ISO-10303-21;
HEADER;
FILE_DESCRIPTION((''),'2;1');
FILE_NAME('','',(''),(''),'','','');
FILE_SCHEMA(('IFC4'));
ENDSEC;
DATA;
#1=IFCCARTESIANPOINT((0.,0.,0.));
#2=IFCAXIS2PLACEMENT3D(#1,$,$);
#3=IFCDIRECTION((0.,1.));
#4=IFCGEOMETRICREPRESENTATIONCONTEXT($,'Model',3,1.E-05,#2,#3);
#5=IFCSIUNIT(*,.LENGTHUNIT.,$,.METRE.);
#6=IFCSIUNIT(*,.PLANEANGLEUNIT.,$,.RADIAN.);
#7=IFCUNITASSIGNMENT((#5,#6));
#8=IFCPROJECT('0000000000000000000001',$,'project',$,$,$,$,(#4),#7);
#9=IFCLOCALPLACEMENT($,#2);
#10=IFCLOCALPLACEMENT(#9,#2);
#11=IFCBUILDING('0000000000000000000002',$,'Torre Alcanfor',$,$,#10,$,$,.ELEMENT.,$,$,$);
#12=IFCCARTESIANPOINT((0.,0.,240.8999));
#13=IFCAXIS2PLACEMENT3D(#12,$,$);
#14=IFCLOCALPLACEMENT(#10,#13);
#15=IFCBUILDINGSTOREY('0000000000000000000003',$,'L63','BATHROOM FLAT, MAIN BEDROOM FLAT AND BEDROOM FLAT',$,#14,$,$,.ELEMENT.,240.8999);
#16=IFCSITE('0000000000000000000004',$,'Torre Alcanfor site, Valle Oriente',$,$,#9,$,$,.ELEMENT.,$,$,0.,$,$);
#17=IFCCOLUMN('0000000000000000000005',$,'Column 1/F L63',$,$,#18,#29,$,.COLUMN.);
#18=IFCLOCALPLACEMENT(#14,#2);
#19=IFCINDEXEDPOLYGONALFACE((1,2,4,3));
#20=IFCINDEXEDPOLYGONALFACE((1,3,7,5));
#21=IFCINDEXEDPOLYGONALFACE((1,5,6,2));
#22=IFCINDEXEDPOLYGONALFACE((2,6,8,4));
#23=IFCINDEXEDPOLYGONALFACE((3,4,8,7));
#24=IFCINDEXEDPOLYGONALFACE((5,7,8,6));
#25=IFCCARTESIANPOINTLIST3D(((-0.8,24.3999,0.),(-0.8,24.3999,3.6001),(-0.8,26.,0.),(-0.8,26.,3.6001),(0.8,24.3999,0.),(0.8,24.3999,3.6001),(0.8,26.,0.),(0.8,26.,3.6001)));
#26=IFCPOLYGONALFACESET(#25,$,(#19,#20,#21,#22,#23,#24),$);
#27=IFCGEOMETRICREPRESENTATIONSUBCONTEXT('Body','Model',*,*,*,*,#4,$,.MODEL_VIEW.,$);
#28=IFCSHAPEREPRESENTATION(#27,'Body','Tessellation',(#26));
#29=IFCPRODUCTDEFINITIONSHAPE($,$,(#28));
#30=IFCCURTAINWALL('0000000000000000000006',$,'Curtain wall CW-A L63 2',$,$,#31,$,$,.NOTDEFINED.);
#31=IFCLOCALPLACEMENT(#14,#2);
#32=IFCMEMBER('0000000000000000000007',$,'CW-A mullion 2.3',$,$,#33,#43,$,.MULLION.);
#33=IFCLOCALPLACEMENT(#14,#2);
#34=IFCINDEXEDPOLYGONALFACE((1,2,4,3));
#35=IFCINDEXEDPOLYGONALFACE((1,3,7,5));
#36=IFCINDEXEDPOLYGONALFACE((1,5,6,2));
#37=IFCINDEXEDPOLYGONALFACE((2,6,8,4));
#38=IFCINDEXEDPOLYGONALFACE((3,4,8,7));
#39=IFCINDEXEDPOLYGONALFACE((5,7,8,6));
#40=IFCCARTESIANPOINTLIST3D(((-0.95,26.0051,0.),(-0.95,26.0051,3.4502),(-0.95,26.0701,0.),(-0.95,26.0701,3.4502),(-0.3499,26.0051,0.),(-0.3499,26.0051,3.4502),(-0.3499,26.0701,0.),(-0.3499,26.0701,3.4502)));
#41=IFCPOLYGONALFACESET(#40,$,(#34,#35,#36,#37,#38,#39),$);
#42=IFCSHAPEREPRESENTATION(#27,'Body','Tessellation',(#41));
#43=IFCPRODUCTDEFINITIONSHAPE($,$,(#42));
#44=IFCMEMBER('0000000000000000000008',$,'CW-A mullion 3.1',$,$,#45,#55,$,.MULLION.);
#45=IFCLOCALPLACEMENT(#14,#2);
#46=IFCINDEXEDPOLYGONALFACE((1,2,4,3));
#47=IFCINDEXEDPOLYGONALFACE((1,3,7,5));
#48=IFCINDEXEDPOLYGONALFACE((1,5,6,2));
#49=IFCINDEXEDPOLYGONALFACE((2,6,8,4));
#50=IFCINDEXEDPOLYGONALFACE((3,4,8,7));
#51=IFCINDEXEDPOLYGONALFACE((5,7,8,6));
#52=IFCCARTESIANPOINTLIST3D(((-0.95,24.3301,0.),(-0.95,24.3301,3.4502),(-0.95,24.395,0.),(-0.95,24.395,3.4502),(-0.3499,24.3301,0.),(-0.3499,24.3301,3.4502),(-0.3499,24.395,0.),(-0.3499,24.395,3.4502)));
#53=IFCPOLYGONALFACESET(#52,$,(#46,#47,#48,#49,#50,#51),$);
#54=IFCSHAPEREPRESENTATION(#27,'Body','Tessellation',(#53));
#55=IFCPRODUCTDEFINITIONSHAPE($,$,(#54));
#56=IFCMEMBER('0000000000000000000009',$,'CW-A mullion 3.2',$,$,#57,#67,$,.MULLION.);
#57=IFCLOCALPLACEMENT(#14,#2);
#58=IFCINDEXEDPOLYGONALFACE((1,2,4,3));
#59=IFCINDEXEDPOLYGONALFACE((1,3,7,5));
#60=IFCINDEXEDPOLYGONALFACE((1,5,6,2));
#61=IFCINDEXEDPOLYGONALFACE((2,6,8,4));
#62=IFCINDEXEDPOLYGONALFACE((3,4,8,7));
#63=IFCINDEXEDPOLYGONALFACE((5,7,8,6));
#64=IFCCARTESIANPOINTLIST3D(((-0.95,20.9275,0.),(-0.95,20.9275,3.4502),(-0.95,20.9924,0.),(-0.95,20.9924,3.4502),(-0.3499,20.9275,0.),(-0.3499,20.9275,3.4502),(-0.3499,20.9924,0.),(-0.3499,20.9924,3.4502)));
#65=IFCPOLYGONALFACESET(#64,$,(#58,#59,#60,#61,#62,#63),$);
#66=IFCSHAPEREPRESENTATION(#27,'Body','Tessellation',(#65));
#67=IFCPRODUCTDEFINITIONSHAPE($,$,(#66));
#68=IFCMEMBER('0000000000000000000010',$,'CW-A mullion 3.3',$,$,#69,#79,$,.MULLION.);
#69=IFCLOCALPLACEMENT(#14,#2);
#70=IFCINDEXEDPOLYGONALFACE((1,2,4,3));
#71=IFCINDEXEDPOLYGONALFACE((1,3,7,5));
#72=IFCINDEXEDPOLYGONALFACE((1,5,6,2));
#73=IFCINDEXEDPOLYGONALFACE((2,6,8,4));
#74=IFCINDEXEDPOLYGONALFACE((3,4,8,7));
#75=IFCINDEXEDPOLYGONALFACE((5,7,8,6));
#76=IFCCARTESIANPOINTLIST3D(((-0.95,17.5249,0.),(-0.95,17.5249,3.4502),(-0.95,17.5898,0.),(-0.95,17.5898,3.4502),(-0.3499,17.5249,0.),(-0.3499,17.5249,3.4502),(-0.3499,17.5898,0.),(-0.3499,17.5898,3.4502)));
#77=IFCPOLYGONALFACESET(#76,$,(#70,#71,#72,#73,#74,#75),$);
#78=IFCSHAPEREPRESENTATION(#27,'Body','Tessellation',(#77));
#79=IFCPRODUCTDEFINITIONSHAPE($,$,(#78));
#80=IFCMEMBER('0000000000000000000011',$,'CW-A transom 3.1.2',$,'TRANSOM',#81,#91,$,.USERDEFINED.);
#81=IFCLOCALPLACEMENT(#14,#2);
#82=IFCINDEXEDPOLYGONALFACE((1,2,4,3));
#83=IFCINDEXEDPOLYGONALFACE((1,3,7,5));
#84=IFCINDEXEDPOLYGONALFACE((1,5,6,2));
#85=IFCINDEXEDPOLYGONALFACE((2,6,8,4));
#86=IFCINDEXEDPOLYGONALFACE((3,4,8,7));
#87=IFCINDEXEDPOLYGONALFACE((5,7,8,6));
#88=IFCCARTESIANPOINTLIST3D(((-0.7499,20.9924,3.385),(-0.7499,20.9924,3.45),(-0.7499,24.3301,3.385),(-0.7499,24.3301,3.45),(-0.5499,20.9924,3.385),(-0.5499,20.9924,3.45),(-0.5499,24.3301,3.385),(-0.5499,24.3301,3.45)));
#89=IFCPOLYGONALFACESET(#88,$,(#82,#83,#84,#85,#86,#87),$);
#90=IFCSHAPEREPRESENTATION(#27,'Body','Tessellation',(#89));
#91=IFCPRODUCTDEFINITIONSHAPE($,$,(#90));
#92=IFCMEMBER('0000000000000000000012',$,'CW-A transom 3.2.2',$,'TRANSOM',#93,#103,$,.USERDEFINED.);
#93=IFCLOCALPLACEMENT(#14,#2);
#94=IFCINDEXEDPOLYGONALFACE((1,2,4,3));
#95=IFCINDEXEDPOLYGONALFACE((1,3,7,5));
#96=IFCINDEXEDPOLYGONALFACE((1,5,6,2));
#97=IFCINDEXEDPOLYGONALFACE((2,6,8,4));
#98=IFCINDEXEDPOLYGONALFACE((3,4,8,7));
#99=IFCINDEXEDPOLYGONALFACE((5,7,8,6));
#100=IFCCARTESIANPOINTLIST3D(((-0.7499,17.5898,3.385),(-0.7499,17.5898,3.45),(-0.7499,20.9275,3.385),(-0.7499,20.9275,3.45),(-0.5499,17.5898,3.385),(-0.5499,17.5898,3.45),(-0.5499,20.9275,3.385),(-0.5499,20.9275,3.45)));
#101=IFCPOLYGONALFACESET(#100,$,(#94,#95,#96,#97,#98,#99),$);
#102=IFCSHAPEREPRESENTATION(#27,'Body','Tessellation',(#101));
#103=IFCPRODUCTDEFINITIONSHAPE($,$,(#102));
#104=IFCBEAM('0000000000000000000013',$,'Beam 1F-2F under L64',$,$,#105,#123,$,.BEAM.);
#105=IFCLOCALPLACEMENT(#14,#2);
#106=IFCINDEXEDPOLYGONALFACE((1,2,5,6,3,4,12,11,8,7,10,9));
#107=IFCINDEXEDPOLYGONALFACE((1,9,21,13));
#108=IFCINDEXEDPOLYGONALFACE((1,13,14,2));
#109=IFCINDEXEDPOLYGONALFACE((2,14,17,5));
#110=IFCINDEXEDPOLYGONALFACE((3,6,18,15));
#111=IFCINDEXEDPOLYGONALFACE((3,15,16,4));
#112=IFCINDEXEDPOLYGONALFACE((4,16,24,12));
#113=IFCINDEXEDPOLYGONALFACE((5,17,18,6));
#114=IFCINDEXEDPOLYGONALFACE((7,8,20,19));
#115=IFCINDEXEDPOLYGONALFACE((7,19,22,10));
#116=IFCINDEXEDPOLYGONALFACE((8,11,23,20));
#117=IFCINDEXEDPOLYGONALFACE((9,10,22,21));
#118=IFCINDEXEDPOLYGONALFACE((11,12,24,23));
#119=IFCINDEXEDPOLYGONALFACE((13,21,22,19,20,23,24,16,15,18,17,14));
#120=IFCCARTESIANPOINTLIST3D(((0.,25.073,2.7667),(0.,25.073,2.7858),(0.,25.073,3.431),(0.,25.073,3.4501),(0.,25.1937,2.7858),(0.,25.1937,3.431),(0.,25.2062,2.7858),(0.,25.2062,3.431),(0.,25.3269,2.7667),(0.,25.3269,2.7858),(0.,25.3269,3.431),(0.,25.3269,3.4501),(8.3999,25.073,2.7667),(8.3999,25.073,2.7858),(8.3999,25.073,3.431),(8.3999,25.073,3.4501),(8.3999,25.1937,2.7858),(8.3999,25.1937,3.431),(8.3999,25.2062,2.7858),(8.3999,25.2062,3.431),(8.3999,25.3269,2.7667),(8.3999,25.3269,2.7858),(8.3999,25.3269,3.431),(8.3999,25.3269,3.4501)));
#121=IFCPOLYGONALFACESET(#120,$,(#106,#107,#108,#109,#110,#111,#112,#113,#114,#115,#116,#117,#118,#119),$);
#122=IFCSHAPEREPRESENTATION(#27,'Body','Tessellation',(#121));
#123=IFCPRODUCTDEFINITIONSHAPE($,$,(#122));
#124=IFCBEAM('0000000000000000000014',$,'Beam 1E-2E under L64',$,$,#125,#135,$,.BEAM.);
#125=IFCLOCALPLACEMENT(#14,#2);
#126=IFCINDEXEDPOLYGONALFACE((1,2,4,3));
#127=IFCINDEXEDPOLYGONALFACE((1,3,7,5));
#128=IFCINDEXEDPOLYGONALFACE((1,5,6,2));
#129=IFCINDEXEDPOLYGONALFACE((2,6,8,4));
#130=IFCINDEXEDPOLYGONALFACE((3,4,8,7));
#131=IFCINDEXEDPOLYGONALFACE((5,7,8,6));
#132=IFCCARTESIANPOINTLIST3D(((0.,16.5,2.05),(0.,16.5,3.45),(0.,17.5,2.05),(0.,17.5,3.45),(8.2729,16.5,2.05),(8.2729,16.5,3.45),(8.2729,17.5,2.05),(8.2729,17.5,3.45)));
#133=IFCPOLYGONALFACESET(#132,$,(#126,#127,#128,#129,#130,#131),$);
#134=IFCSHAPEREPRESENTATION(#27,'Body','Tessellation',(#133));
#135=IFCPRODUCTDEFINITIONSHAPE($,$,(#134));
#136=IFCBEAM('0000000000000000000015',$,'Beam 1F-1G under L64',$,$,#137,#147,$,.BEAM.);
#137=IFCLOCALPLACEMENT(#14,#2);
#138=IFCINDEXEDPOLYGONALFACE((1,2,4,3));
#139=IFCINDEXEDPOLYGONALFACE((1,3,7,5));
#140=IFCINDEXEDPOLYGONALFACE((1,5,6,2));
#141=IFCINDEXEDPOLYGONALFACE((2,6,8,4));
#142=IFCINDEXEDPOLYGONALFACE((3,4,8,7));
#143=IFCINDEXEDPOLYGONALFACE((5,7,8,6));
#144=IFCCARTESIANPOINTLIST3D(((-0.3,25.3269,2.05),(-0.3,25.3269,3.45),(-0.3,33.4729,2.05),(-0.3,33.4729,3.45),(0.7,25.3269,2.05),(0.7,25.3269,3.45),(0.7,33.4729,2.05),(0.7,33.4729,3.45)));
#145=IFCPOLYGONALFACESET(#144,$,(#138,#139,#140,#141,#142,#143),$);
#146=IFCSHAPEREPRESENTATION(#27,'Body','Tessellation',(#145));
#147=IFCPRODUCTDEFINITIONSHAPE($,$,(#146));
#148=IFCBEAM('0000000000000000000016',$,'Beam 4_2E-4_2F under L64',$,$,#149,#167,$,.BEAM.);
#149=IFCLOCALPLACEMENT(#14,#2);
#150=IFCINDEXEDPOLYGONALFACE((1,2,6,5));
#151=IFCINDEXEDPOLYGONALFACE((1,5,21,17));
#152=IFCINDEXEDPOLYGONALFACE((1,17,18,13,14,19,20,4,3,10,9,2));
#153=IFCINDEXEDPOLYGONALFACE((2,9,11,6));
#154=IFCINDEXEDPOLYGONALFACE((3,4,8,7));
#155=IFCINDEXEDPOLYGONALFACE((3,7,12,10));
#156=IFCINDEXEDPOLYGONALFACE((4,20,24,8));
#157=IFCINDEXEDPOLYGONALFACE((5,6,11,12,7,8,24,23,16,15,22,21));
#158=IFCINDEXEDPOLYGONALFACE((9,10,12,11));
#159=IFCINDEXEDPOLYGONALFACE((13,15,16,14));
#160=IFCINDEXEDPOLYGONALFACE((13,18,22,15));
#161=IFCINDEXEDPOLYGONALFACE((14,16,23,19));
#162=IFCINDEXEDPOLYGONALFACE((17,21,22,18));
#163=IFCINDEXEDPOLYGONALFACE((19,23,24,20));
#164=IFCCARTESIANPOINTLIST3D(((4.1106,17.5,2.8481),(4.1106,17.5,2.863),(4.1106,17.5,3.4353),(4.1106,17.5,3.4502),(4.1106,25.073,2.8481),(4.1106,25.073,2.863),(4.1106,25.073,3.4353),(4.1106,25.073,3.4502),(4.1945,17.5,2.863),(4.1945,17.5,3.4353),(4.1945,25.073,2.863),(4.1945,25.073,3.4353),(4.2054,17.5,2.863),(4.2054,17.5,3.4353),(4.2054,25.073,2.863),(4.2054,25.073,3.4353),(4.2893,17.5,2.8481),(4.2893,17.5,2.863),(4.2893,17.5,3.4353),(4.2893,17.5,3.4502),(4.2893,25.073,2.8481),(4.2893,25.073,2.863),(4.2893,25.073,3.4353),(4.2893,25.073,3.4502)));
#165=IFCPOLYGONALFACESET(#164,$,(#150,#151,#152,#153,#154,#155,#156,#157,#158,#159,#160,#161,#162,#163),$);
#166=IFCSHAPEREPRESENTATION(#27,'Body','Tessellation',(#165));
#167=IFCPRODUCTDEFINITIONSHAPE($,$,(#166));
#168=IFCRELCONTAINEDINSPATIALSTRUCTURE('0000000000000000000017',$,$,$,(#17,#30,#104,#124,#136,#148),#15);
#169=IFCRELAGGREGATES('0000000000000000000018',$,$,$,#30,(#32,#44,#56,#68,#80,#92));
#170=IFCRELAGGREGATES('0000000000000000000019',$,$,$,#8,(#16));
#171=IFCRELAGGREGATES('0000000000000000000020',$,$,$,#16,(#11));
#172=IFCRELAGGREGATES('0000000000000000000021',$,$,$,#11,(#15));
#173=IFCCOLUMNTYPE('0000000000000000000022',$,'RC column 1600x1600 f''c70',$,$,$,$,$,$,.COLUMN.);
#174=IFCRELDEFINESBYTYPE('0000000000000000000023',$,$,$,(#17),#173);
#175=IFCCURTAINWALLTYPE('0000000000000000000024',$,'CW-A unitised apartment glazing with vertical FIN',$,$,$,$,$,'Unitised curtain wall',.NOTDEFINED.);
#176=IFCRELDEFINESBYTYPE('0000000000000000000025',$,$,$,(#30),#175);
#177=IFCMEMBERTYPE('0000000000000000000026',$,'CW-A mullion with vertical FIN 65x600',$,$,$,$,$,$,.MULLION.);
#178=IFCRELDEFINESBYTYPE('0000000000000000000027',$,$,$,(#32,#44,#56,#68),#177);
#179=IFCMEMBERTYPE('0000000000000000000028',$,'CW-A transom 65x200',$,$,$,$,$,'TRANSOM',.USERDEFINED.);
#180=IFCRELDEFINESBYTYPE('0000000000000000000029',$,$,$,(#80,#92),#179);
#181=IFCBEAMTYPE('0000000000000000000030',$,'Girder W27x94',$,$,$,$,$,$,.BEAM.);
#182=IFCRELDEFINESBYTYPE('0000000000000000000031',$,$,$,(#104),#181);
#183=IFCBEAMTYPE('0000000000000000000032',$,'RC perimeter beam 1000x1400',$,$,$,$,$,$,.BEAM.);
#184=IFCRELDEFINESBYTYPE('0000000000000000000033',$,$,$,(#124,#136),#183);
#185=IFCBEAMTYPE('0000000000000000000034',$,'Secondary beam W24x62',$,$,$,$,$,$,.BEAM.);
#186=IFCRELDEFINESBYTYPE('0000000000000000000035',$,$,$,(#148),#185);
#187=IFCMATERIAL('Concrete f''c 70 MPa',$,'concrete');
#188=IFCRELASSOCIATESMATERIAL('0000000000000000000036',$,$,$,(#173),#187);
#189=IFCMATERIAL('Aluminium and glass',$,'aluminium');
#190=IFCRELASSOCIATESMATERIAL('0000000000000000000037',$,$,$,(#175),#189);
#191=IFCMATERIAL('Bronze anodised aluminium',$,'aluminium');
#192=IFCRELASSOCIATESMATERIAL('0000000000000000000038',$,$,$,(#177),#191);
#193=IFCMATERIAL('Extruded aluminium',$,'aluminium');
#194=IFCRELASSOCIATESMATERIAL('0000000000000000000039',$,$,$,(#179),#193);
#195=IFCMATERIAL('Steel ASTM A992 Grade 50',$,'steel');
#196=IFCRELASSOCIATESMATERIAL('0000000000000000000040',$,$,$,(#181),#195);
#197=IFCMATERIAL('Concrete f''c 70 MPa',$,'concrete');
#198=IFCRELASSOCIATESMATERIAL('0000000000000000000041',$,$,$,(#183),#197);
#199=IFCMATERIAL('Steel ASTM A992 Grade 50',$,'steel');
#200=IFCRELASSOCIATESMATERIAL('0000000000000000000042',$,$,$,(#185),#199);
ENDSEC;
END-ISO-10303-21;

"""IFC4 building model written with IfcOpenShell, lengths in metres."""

from ifc_helpers import new_model, si_unit, direction, frame, origin, origin_2d, place, context, subcontext, project, spatial, rectangle, i_section, extrude, material, material_profile, profile_set, type_object, element, aggregate, save


model = new_model("IFC4")

# Units and contexts
model_context = context("Model", 3, precision=1e-05, world=origin(), true_north=direction((0.0, 1.0)))
body_context = subcontext(model_context, "Body", "Model", "MODEL_VIEW")
ifc_project = project(units=[si_unit("LENGTHUNIT", "METRE"), si_unit("PLANEANGLEUNIT", "RADIAN")], contexts=[model_context])

# Site, building, storey
site_placement = place(None, origin())
site = spatial("IfcSite", under=ifc_project, at=site_placement, Name="Torre Alcanfor site, Valle Oriente", CompositionType="ELEMENT", RefElevation=0.0)
building_placement = place(site_placement, origin())
building = spatial("IfcBuilding", under=site, at=building_placement, Name="Torre Alcanfor", CompositionType="ELEMENT")
storey_placement = place(building_placement, frame((0.0, 0.0, 240.8999)))
storey = spatial("IfcBuildingStorey", under=building, at=storey_placement, Name="L63", Description="BATHROOM FLAT, MAIN BEDROOM FLAT AND BEDROOM FLAT", CompositionType="ELEMENT", Elevation=240.8999)

# Column
ifc_material_1 = material(Name="Concrete f'c 70 MPa", Category="concrete")
ifc_material_profile_1 = material_profile(ifc_material_1, rectangle(XDim=1.6001, YDim=1.6001, at=origin_2d()), Name="1600x1600")
ifc_profile_set_1 = profile_set([ifc_material_profile_1], Name="Concrete f'c 70 MPa")
column_type = type_object("IfcColumnType", Name="RC column 1600x1600 f'c70", PredefinedType="COLUMN", material=ifc_profile_set_1)
column_placement = place(storey_placement, frame((0.0, 25.2, 0.0), z_axis=(0.0, 0.0, 1.0), x_axis=(1.0, 0.0, 0.0)))
element("IfcColumn", 1, at=column_placement, inside=storey, type_object=column_type, Name="Column 1/F L63", PredefinedType="COLUMN", context=body_context, shape_type="SweptSolid", body=[
    extrude(rectangle(XDim=1.6001, YDim=1.6001, at=origin_2d()), origin(), (0.0, 0.0, 1.0), 3.6001),
])

# Curtain wall, members
ifc_material_2 = material(Name="Aluminium and glass", Category="aluminium")
curtain_wall_type = type_object("IfcCurtainWallType", Name="CW-A unitised apartment glazing with vertical FIN", ElementType="Unitised curtain wall", PredefinedType="NOTDEFINED", material=ifc_material_2)
curtain_wall_placement = place(storey_placement, origin())
curtain_wall = element("IfcCurtainWall", 2, at=curtain_wall_placement, inside=storey, type_object=curtain_wall_type, Name="Curtain wall CW-A L63 2", PredefinedType="NOTDEFINED")
ifc_material_3 = material(Name="Bronze anodised aluminium", Category="aluminium")
ifc_material_profile_2 = material_profile(ifc_material_3, rectangle(XDim=0.6001, YDim=0.0649, at=origin_2d()), Name="CW-A mullion 65x600")
ifc_profile_set_2 = profile_set([ifc_material_profile_2], Name="Bronze anodised aluminium")
member_type_1 = type_object("IfcMemberType", Name="CW-A mullion with vertical FIN 65x600", PredefinedType="MULLION", material=ifc_profile_set_2)
member_1_placement = place(storey_placement, frame((-0.6499, 26.0376, 0.0), z_axis=(0.0, 0.0, 1.0), x_axis=(1.0, 0.0, 0.0)))
member_1 = element("IfcMember", 3, at=member_1_placement, type_object=member_type_1, Name="CW-A mullion 2.3", PredefinedType="MULLION", context=body_context, shape_type="SweptSolid", body=[
    extrude(rectangle(XDim=0.6001, YDim=0.0649, at=origin_2d()), origin(), (0.0, 0.0, 1.0), 3.4502),
])
member_2_placement = place(storey_placement, frame((-0.6499, 24.3625, 0.0), z_axis=(0.0, 0.0, 1.0), x_axis=(1.0, 0.0, 0.0)))
member_2 = element("IfcMember", 4, at=member_2_placement, type_object=member_type_1, Name="CW-A mullion 3.1", PredefinedType="MULLION", context=body_context, shape_type="SweptSolid", body=[
    extrude(rectangle(XDim=0.6001, YDim=0.0649, at=origin_2d()), origin(), (0.0, 0.0, 1.0), 3.4502),
])
member_3_placement = place(storey_placement, frame((-0.6499, 20.96, 0.0), z_axis=(0.0, 0.0, 1.0), x_axis=(1.0, 0.0, 0.0)))
member_3 = element("IfcMember", 5, at=member_3_placement, type_object=member_type_1, Name="CW-A mullion 3.2", PredefinedType="MULLION", context=body_context, shape_type="SweptSolid", body=[
    extrude(rectangle(XDim=0.6001, YDim=0.0649, at=origin_2d()), origin(), (0.0, 0.0, 1.0), 3.4502),
])
member_4_placement = place(storey_placement, frame((-0.6499, 17.5574, 0.0), z_axis=(0.0, 0.0, 1.0), x_axis=(1.0, 0.0, 0.0)))
member_4 = element("IfcMember", 6, at=member_4_placement, type_object=member_type_1, Name="CW-A mullion 3.3", PredefinedType="MULLION", context=body_context, shape_type="SweptSolid", body=[
    extrude(rectangle(XDim=0.6001, YDim=0.0649, at=origin_2d()), origin(), (0.0, 0.0, 1.0), 3.4502),
])
ifc_material_4 = material(Name="Extruded aluminium", Category="aluminium")
ifc_material_profile_3 = material_profile(ifc_material_4, rectangle(XDim=0.2, YDim=0.0649, at=origin_2d()), Name="CW-A transom 200x65")
ifc_profile_set_3 = profile_set([ifc_material_profile_3], Name="Extruded aluminium")
member_type_2 = type_object("IfcMemberType", Name="CW-A transom 65x200", ElementType="TRANSOM", PredefinedType="USERDEFINED", material=ifc_profile_set_3)
member_5_placement = place(storey_placement, frame((-0.6499, 24.3301, 3.4175), z_axis=(0.0, -1.0, 0.0), x_axis=(1.0, 0.0, 0.0)))
member_5 = element("IfcMember", 7, at=member_5_placement, type_object=member_type_2, Name="CW-A transom 3.1.2", ObjectType="TRANSOM", PredefinedType="USERDEFINED", context=body_context, shape_type="SweptSolid", body=[
    extrude(rectangle(XDim=0.2, YDim=0.0649, at=origin_2d()), origin(), (0.0, 0.0, 1.0), 3.3376),
])
member_6_placement = place(storey_placement, frame((-0.6499, 20.9275, 3.4175), z_axis=(0.0, -1.0, 0.0), x_axis=(1.0, 0.0, 0.0)))
member_6 = element("IfcMember", 8, at=member_6_placement, type_object=member_type_2, Name="CW-A transom 3.2.2", ObjectType="TRANSOM", PredefinedType="USERDEFINED", context=body_context, shape_type="SweptSolid", body=[
    extrude(rectangle(XDim=0.2, YDim=0.0649, at=origin_2d()), origin(), (0.0, 0.0, 1.0), 3.3376),
])

# Beams
ifc_material_5 = material(Name="Steel ASTM A992 Grade 50", Category="steel")
ifc_material_profile_4 = material_profile(ifc_material_5, i_section(OverallWidth=0.2539, OverallDepth=0.6833, WebThickness=0.0125, FlangeThickness=0.019, at=origin_2d()), Name="W27x94")
ifc_profile_set_4 = profile_set([ifc_material_profile_4], Name="Steel ASTM A992 Grade 50")
beam_type_1 = type_object("IfcBeamType", Name="Girder W27x94", PredefinedType="BEAM", material=ifc_profile_set_4)
beam_1_placement = place(storey_placement, frame((0.0, 25.2, 3.1084), z_axis=(1.0, 0.0, 0.0), x_axis=(0.0, 1.0, 0.0)))
element("IfcBeam", 9, at=beam_1_placement, inside=storey, type_object=beam_type_1, Name="Beam 1F-2F under L64", PredefinedType="BEAM", context=body_context, shape_type="SweptSolid", body=[
    extrude(i_section(OverallWidth=0.2539, OverallDepth=0.6833, WebThickness=0.0125, FlangeThickness=0.019, at=origin_2d()), origin(), (0.0, 0.0, 1.0), 8.3999),
])
ifc_material_6 = material(Name="Concrete f'c 70 MPa", Category="concrete")
ifc_material_profile_5 = material_profile(ifc_material_6, rectangle(XDim=1.0, YDim=1.3999, at=origin_2d()), Name="1000x1400")
ifc_profile_set_5 = profile_set([ifc_material_profile_5], Name="Concrete f'c 70 MPa")
beam_type_2 = type_object("IfcBeamType", Name="RC perimeter beam 1000x1400", PredefinedType="BEAM", material=ifc_profile_set_5)
beam_2_placement = place(storey_placement, frame((0.0, 17.0, 2.75), z_axis=(1.0, 0.0, 0.0), x_axis=(0.0, 1.0, 0.0)))
element("IfcBeam", 10, at=beam_2_placement, inside=storey, type_object=beam_type_2, Name="Beam 1E-2E under L64", PredefinedType="BEAM", context=body_context, shape_type="SweptSolid", body=[
    extrude(rectangle(XDim=1.0, YDim=1.3999, at=origin_2d()), origin(), (0.0, 0.0, 1.0), 8.2729),
])
beam_3_placement = place(storey_placement, frame((0.2, 25.3269, 2.75), z_axis=(0.0, 1.0, 0.0), x_axis=(-1.0, 0.0, 0.0)))
element("IfcBeam", 11, at=beam_3_placement, inside=storey, type_object=beam_type_2, Name="Beam 1F-1G under L64", PredefinedType="BEAM", context=body_context, shape_type="SweptSolid", body=[
    extrude(rectangle(XDim=1.0, YDim=1.3999, at=origin_2d()), origin(), (0.0, 0.0, 1.0), 8.146),
])
ifc_material_7 = material(Name="Steel ASTM A992 Grade 50", Category="steel")
ifc_material_profile_6 = material_profile(ifc_material_7, i_section(OverallWidth=0.1787, OverallDepth=0.6021, WebThickness=0.011, FlangeThickness=0.0149, at=origin_2d()), Name="W24x62")
ifc_profile_set_6 = profile_set([ifc_material_profile_6], Name="Steel ASTM A992 Grade 50")
beam_type_3 = type_object("IfcBeamType", Name="Secondary beam W24x62", PredefinedType="BEAM", material=ifc_profile_set_6)
beam_4_placement = place(storey_placement, frame((4.2, 17.5, 3.1492), z_axis=(0.0, 1.0, 0.0), x_axis=(-1.0, 0.0, 0.0)))
element("IfcBeam", 12, at=beam_4_placement, inside=storey, type_object=beam_type_3, Name="Beam 4_2E-4_2F under L64", PredefinedType="BEAM", context=body_context, shape_type="SweptSolid", body=[
    extrude(i_section(OverallWidth=0.1787, OverallDepth=0.6021, WebThickness=0.011, FlangeThickness=0.0149, at=origin_2d()), origin(), (0.0, 0.0, 1.0), 7.573),
])

aggregate(curtain_wall, [member_1, member_2, member_3, member_4, member_5, member_6])

save(model, "model.ifc")
